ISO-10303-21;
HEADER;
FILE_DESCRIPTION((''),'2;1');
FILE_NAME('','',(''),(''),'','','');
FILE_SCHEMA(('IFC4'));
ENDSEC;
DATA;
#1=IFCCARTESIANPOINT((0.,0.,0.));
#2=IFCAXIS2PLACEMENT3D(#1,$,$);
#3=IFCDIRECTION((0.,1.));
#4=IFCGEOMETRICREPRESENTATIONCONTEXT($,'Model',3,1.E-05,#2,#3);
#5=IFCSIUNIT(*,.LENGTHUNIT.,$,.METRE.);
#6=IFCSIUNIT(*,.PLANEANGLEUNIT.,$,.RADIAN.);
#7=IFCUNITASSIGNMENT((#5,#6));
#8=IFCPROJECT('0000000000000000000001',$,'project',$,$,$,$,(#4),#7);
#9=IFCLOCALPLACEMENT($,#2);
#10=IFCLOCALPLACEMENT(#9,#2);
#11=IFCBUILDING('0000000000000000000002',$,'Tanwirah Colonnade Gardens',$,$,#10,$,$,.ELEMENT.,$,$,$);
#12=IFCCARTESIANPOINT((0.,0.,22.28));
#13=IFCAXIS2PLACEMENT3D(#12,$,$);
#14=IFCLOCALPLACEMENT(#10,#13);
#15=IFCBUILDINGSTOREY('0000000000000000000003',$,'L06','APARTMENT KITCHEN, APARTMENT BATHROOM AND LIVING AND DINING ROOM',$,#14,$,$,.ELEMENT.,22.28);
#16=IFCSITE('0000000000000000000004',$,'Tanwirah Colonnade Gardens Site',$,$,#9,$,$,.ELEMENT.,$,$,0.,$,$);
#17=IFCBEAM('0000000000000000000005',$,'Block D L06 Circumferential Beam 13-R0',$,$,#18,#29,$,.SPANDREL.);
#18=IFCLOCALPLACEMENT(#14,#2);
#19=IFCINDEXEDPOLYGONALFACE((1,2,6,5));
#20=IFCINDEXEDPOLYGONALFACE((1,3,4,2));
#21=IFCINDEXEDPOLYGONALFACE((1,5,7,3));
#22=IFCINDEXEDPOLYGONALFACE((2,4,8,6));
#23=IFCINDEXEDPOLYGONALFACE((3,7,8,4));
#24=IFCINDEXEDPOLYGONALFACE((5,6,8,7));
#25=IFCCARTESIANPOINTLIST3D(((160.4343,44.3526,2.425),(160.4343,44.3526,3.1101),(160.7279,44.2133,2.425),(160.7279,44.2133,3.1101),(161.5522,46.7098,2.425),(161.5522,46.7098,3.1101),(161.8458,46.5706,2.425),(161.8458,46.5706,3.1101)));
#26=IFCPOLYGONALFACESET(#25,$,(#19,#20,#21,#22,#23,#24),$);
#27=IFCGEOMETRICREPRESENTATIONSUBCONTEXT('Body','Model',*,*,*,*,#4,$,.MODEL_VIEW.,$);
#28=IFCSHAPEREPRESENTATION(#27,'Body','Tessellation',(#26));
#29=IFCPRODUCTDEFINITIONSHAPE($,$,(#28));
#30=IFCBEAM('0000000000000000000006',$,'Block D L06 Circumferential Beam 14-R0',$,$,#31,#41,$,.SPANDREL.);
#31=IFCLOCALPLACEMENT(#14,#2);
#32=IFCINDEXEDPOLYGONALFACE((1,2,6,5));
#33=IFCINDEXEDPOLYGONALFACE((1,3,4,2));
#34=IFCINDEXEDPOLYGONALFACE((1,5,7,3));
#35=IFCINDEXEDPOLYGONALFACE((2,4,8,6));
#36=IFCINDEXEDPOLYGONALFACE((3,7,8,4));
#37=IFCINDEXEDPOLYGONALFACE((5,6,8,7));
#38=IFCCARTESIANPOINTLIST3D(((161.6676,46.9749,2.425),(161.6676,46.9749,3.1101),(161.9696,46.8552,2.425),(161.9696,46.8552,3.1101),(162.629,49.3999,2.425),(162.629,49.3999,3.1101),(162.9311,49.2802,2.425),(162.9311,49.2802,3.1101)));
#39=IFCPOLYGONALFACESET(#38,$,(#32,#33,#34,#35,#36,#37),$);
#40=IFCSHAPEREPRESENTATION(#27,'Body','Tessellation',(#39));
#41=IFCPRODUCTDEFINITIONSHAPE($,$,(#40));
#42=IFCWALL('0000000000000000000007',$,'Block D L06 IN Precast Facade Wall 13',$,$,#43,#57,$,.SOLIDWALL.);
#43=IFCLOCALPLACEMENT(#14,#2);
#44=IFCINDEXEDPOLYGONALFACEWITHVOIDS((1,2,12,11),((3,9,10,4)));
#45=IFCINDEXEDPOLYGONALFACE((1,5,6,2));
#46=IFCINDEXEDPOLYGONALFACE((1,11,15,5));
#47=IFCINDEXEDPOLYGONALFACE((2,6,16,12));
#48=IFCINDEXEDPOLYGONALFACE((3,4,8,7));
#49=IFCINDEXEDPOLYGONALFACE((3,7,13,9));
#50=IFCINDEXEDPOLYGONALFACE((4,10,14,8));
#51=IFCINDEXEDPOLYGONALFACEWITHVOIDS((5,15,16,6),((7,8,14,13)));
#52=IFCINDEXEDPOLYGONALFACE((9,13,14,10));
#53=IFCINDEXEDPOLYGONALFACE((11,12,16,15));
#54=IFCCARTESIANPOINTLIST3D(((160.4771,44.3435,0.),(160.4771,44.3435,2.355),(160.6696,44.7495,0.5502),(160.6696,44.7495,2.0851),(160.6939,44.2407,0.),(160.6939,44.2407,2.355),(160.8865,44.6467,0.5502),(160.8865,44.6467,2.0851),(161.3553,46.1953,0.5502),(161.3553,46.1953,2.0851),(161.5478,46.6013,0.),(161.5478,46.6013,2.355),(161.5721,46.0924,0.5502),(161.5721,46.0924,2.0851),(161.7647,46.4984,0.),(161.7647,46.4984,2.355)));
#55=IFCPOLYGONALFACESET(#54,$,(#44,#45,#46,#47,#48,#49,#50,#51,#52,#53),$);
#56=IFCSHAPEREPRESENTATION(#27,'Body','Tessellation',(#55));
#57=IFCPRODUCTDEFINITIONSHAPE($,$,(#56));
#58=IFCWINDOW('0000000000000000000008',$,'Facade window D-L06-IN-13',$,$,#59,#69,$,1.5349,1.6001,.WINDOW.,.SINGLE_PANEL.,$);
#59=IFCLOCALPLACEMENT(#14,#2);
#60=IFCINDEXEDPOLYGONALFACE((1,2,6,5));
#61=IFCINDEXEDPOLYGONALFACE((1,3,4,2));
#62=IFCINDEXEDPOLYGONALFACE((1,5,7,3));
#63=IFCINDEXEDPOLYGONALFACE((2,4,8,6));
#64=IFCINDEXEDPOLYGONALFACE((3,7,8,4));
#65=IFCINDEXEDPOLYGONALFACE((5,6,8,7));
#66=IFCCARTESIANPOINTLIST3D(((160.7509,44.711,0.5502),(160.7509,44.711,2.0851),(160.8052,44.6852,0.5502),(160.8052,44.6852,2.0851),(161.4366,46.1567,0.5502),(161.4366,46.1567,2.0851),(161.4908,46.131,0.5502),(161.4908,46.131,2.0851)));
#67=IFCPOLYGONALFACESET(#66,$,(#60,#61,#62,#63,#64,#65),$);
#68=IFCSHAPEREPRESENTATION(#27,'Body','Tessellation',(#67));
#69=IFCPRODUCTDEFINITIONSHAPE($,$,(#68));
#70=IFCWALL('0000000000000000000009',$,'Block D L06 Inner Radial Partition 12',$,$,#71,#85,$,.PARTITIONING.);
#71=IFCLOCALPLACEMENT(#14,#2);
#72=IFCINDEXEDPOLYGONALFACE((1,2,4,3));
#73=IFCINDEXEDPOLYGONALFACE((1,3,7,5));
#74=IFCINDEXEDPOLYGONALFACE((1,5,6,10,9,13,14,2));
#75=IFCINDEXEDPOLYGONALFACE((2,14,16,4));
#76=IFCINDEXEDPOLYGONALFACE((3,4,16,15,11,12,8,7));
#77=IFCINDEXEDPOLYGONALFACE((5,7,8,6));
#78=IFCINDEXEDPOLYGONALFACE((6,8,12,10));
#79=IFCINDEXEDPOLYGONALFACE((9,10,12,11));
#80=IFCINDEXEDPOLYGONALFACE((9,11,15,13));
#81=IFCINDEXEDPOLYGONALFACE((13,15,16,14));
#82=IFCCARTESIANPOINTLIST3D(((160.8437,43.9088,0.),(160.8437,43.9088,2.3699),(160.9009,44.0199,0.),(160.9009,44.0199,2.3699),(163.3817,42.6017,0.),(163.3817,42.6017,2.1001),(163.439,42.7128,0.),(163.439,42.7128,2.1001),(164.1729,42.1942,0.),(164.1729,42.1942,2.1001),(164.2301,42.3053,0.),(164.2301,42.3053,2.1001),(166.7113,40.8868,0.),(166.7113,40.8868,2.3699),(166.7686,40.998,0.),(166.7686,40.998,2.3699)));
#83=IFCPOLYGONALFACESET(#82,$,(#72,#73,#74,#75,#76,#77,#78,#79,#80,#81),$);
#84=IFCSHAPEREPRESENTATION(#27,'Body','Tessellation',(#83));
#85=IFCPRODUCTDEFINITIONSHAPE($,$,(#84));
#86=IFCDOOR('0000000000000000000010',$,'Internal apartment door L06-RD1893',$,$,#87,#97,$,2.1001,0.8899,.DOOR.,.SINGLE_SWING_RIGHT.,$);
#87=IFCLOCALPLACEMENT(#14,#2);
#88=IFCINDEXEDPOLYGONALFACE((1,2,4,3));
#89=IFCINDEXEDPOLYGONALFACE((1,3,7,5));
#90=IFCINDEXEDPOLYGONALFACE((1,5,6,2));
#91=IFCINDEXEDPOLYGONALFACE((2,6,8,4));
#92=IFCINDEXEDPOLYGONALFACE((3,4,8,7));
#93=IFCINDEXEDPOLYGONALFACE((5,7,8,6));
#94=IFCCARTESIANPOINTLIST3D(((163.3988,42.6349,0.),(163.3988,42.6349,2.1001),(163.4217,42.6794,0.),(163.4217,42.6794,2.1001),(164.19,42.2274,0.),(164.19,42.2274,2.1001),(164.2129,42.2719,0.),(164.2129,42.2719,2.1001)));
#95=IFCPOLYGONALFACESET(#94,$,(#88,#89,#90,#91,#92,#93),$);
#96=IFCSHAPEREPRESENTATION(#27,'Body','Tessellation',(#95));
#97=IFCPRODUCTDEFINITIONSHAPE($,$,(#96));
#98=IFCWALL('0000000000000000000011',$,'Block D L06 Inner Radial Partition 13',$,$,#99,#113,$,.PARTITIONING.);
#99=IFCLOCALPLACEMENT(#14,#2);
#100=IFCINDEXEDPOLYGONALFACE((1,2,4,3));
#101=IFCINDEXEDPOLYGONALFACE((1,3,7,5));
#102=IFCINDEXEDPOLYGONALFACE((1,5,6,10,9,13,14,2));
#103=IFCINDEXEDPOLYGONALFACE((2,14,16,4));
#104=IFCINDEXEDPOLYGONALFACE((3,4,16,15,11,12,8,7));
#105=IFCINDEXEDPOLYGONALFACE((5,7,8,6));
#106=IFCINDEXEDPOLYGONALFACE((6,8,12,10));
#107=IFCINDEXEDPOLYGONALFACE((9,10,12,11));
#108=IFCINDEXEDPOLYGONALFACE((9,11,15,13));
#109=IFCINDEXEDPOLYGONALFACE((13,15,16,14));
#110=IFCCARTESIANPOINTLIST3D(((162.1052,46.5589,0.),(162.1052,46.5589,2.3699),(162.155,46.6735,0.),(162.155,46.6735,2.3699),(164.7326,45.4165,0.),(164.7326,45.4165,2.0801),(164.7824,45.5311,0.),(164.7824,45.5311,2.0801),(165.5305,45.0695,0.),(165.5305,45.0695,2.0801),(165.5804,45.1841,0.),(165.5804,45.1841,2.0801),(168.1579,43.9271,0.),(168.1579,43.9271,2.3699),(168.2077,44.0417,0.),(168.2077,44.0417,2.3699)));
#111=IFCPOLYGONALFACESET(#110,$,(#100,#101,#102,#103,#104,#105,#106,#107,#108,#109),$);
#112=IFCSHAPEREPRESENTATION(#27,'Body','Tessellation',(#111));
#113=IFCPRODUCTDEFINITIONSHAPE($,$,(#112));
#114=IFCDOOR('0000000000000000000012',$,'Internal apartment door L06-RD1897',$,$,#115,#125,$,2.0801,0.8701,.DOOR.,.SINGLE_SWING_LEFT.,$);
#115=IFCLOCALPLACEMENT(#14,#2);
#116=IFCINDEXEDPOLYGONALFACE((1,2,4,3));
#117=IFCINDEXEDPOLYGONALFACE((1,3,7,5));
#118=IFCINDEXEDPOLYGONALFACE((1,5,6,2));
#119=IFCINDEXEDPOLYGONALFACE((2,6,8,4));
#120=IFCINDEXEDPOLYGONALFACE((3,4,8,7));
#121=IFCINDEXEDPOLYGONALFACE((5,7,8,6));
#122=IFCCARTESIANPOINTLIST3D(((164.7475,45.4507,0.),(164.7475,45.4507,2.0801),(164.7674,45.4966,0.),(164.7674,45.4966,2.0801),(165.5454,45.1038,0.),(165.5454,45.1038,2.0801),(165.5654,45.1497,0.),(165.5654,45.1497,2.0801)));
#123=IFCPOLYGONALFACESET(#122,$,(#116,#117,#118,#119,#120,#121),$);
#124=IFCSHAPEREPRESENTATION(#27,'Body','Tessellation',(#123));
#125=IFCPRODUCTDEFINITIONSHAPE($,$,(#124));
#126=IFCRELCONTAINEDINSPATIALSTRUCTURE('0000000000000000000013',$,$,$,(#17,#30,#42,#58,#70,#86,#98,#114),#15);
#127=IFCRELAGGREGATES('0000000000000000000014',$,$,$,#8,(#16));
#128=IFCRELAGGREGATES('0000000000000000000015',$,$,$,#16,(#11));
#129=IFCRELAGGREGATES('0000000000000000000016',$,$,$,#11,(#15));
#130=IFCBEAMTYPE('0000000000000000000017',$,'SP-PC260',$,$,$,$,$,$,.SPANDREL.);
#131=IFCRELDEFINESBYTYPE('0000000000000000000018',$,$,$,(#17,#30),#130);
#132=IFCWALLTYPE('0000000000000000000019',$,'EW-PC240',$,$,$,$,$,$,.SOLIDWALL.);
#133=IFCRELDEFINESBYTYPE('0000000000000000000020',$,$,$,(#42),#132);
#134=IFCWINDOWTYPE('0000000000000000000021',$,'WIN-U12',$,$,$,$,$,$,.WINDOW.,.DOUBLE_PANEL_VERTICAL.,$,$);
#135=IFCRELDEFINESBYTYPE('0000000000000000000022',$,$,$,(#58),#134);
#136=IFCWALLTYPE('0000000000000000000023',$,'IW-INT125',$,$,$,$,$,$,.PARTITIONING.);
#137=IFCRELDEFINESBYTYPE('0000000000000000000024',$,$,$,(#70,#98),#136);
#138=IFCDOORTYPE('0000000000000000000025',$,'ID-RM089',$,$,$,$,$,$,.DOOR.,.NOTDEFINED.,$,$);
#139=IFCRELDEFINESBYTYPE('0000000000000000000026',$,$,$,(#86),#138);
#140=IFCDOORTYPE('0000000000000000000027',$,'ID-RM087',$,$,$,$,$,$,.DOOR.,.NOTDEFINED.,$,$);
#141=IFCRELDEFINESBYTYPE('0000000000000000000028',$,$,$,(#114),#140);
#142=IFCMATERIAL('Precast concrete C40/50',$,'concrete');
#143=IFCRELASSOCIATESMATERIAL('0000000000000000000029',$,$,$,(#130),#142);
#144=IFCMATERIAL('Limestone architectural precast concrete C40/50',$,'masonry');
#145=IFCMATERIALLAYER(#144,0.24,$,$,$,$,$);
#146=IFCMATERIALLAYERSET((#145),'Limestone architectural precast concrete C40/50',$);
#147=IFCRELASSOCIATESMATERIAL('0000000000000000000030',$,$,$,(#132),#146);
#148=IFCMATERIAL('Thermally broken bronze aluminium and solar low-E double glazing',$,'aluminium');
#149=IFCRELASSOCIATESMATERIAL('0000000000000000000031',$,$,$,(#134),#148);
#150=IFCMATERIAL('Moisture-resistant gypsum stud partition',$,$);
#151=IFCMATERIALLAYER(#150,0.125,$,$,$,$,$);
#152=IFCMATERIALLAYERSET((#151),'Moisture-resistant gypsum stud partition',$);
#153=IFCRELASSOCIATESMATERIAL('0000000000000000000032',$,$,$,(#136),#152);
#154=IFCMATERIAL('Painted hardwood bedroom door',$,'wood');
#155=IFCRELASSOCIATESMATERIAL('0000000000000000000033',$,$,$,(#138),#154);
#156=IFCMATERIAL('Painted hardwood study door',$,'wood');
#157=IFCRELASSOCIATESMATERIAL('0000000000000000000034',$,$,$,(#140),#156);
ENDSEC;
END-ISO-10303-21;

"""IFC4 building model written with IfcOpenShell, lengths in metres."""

from ifc_helpers import new_model, si_unit, direction, frame, frame_2d, origin, origin_2d, place, context, subcontext, project, spatial, rectangle, extrude, material, layer, layer_set, material_profile, profile_set, type_object, element, fill, save


model = new_model("IFC4")

# Units and contexts
model_context = context("Model", 3, precision=1e-05, world=origin(), true_north=direction((0.0, 1.0)))
body_context = subcontext(model_context, "Body", "Model", "MODEL_VIEW")
ifc_project = project(units=[si_unit("LENGTHUNIT", "METRE"), si_unit("PLANEANGLEUNIT", "RADIAN")], contexts=[model_context])

# Site, building, storey
site_placement = place(None, origin())
site = spatial("IfcSite", under=ifc_project, at=site_placement, Name="Tanwirah Colonnade Gardens Site", CompositionType="ELEMENT", RefElevation=0.0)
building_placement = place(site_placement, origin())
building = spatial("IfcBuilding", under=site, at=building_placement, Name="Tanwirah Colonnade Gardens", CompositionType="ELEMENT")
storey_placement = place(building_placement, frame((0.0, 0.0, 22.28)))
storey = spatial("IfcBuildingStorey", under=building, at=storey_placement, Name="L06", Description="APARTMENT KITCHEN, APARTMENT BATHROOM AND LIVING AND DINING ROOM", CompositionType="ELEMENT", Elevation=22.28)

# Shared definitions
ifc_material_1 = material(Name="Precast concrete C40/50", Category="concrete")

# Beams
ifc_material_profile_1 = material_profile(ifc_material_1, rectangle(XDim=0.325, YDim=0.6851, at=origin_2d()), Name="PC-SP 325x685")
ifc_profile_set_1 = profile_set([ifc_material_profile_1], Name="Precast concrete C40/50")
beam_type_1 = type_object("IfcBeamType", Name="SP-PC260", PredefinedType="SPANDREL", material=ifc_profile_set_1)
beam_1_placement = place(storey_placement, frame((160.5811, 44.283, 2.7676), z_axis=(0.428513, 0.903536, 0.0), x_axis=(-0.903536, 0.428513, 0.0)))
element("IfcBeam", 1, at=beam_1_placement, inside=storey, type_object=beam_type_1, Name="Block D L06 Circumferential Beam 13-R0", PredefinedType="SPANDREL", context=body_context, shape_type="SweptSolid", body=[
    extrude(rectangle(XDim=0.325, YDim=0.6851, at=origin_2d()), origin(), (0.0, 0.0, 1.0), 2.6089),
])
beam_2_placement = place(storey_placement, frame((161.8186, 46.915, 2.7676), z_axis=(0.368549, 0.929608, 0.0), x_axis=(-0.929608, 0.368549, 0.0)))
element("IfcBeam", 2, at=beam_2_placement, inside=storey, type_object=beam_type_1, Name="Block D L06 Circumferential Beam 14-R0", PredefinedType="SPANDREL", context=body_context, shape_type="SweptSolid", body=[
    extrude(rectangle(XDim=0.325, YDim=0.6851, at=origin_2d()), origin(), (0.0, 0.0, 1.0), 2.6086),
])

# Wall, opening, window
ifc_material_2 = material(Name="Limestone architectural precast concrete C40/50", Category="masonry")
ifc_layer_1 = layer(ifc_material_2, 0.24)
ifc_layer_set_1 = layer_set([ifc_layer_1], Name="Limestone architectural precast concrete C40/50")
wall_type_1 = type_object("IfcWallType", Name="EW-PC240", PredefinedType="SOLIDWALL", material=ifc_layer_set_1)
wall_1_placement = place(storey_placement, frame((160.5854, 44.292, 0.0), z_axis=(0.0, 0.0, 1.0), x_axis=(0.428515, 0.903535, 0.0)))
wall_1 = element("IfcWall", 3, at=wall_1_placement, inside=storey, type_object=wall_type_1, Name="Block D L06 IN Precast Facade Wall 13", PredefinedType="SOLIDWALL", context=body_context, shape_type="SweptSolid", body=[
    extrude(rectangle(XDim=2.4988, YDim=0.24, at=frame_2d((1.2495, 0.0))), origin(), (0.0, 0.0, 1.0), 2.355),
])
opening_1_placement = place(wall_1_placement, frame((0.4495, 0.0, 0.55)))
opening_1 = element("IfcOpeningElement", 4, at=opening_1_placement, cuts=wall_1, PredefinedType="OPENING", context=body_context, shape_type="SweptSolid", body=[
    extrude(rectangle(XDim=1.6001, YDim=1.5349, at=frame_2d((0.8, 0.7676))), frame((0.0, 0.1299, 0.0), z_axis=(0.0, -1.0, 0.0), x_axis=(1.0, 0.0, 0.0)), (0.0, 0.0, 1.0), 0.26),
])
ifc_material_3 = material(Name="Thermally broken bronze aluminium and solar low-E double glazing", Category="aluminium")
window_type = type_object("IfcWindowType", Name="WIN-U12", PartitioningType="DOUBLE_PANEL_VERTICAL", PredefinedType="WINDOW", material=ifc_material_3)
window_placement = place(opening_1_placement, origin())
window = element("IfcWindow", 5, at=window_placement, inside=storey, type_object=window_type, Name="Facade window D-L06-IN-13", OverallHeight=1.5349, OverallWidth=1.6001, PartitioningType="SINGLE_PANEL", PredefinedType="WINDOW", context=body_context, shape_type="SweptSolid", body=[
    extrude(rectangle(XDim=1.6001, YDim=1.5349, at=frame_2d((0.8, 0.7676))), frame((0.0, 0.03, 0.0), z_axis=(0.0, -1.0, 0.0), x_axis=(1.0, 0.0, 0.0)), (0.0, 0.0, 1.0), 0.0601),
])
fill(opening_1, window)

# Walls, openings, doors
ifc_material_4 = material(Name="Moisture-resistant gypsum stud partition")
ifc_layer_2 = layer(ifc_material_4, 0.125)
ifc_layer_set_2 = layer_set([ifc_layer_2], Name="Moisture-resistant gypsum stud partition")
wall_type_2 = type_object("IfcWallType", Name="IW-INT125", PredefinedType="PARTITIONING", material=ifc_layer_set_2)
wall_2_placement = place(storey_placement, frame((160.8723, 43.9644, 0.0), z_axis=(0.0, 0.0, 1.0), x_axis=(0.889022, -0.457864, 0.0)))
wall_2 = element("IfcWall", 6, at=wall_2_placement, inside=storey, type_object=wall_type_2, Name="Block D L06 Inner Radial Partition 12", PredefinedType="PARTITIONING", context=body_context, shape_type="SweptSolid", body=[
    extrude(rectangle(XDim=6.6001, YDim=0.125, at=frame_2d((3.3, 0.0))), origin(), (0.0, 0.0, 1.0), 2.3699),
])
opening_2_placement = place(wall_2_placement, frame((2.855, 0.0, 0.0)))
opening_2 = element("IfcOpeningElement", 7, at=opening_2_placement, cuts=wall_2, PredefinedType="OPENING", context=body_context, shape_type="SweptSolid", body=[
    extrude(rectangle(XDim=0.8899, YDim=2.1001, at=frame_2d((0.4448, 1.05))), frame((0.0, 0.0725, 0.0), z_axis=(0.0, -1.0, 0.0), x_axis=(1.0, 0.0, 0.0)), (0.0, 0.0, 1.0), 0.145),
])
ifc_material_5 = material(Name="Painted hardwood bedroom door", Category="wood")
door_type_1 = type_object("IfcDoorType", Name="ID-RM089", OperationType="NOTDEFINED", PredefinedType="DOOR", material=ifc_material_5)
door_1_placement = place(opening_2_placement, origin())
door_1 = element("IfcDoor", 8, at=door_1_placement, inside=storey, type_object=door_type_1, Name="Internal apartment door L06-RD1893", OperationType="SINGLE_SWING_RIGHT", OverallHeight=2.1001, OverallWidth=0.8899, PredefinedType="DOOR", context=body_context, shape_type="SweptSolid", body=[
    extrude(rectangle(XDim=0.8899, YDim=2.1001, at=frame_2d((0.4448, 1.05))), frame((0.0, 0.0249, 0.0), z_axis=(0.0, -1.0, 0.0), x_axis=(1.0, 0.0, 0.0)), (0.0, 0.0, 1.0), 0.05),
])
fill(opening_2, door_1)
wall_3_placement = place(storey_placement, frame((162.1301, 46.6162, 0.0), z_axis=(0.0, 0.0, 1.0), x_axis=(0.917058, -0.398753, 0.0)))
wall_3 = element("IfcWall", 9, at=wall_3_placement, inside=storey, type_object=wall_type_2, Name="Block D L06 Inner Radial Partition 13", PredefinedType="PARTITIONING", context=body_context, shape_type="SweptSolid", body=[
    extrude(rectangle(XDim=6.6001, YDim=0.125, at=frame_2d((3.3, 0.0))), origin(), (0.0, 0.0, 1.0), 2.3699),
])
opening_3_placement = place(wall_3_placement, frame((2.865, 0.0, 0.0)))
opening_3 = element("IfcOpeningElement", 10, at=opening_3_placement, cuts=wall_3, PredefinedType="OPENING", context=body_context, shape_type="SweptSolid", body=[
    extrude(rectangle(XDim=0.8701, YDim=2.0801, at=frame_2d((0.4351, 1.04))), frame((0.0, 0.0725, 0.0), z_axis=(0.0, -1.0, 0.0), x_axis=(1.0, 0.0, 0.0)), (0.0, 0.0, 1.0), 0.145),
])
ifc_material_6 = material(Name="Painted hardwood study door", Category="wood")
door_type_2 = type_object("IfcDoorType", Name="ID-RM087", OperationType="NOTDEFINED", PredefinedType="DOOR", material=ifc_material_6)
door_2_placement = place(opening_3_placement, origin())
door_2 = element("IfcDoor", 11, at=door_2_placement, inside=storey, type_object=door_type_2, Name="Internal apartment door L06-RD1897", OperationType="SINGLE_SWING_LEFT", OverallHeight=2.0801, OverallWidth=0.8701, PredefinedType="DOOR", context=body_context, shape_type="SweptSolid", body=[
    extrude(rectangle(XDim=0.8701, YDim=2.0801, at=frame_2d((0.4351, 1.04))), frame((0.0, 0.0249, 0.0), z_axis=(0.0, -1.0, 0.0), x_axis=(1.0, 0.0, 0.0)), (0.0, 0.0, 1.0), 0.05),
])
fill(opening_3, door_2)

save(model, "model.ifc")
